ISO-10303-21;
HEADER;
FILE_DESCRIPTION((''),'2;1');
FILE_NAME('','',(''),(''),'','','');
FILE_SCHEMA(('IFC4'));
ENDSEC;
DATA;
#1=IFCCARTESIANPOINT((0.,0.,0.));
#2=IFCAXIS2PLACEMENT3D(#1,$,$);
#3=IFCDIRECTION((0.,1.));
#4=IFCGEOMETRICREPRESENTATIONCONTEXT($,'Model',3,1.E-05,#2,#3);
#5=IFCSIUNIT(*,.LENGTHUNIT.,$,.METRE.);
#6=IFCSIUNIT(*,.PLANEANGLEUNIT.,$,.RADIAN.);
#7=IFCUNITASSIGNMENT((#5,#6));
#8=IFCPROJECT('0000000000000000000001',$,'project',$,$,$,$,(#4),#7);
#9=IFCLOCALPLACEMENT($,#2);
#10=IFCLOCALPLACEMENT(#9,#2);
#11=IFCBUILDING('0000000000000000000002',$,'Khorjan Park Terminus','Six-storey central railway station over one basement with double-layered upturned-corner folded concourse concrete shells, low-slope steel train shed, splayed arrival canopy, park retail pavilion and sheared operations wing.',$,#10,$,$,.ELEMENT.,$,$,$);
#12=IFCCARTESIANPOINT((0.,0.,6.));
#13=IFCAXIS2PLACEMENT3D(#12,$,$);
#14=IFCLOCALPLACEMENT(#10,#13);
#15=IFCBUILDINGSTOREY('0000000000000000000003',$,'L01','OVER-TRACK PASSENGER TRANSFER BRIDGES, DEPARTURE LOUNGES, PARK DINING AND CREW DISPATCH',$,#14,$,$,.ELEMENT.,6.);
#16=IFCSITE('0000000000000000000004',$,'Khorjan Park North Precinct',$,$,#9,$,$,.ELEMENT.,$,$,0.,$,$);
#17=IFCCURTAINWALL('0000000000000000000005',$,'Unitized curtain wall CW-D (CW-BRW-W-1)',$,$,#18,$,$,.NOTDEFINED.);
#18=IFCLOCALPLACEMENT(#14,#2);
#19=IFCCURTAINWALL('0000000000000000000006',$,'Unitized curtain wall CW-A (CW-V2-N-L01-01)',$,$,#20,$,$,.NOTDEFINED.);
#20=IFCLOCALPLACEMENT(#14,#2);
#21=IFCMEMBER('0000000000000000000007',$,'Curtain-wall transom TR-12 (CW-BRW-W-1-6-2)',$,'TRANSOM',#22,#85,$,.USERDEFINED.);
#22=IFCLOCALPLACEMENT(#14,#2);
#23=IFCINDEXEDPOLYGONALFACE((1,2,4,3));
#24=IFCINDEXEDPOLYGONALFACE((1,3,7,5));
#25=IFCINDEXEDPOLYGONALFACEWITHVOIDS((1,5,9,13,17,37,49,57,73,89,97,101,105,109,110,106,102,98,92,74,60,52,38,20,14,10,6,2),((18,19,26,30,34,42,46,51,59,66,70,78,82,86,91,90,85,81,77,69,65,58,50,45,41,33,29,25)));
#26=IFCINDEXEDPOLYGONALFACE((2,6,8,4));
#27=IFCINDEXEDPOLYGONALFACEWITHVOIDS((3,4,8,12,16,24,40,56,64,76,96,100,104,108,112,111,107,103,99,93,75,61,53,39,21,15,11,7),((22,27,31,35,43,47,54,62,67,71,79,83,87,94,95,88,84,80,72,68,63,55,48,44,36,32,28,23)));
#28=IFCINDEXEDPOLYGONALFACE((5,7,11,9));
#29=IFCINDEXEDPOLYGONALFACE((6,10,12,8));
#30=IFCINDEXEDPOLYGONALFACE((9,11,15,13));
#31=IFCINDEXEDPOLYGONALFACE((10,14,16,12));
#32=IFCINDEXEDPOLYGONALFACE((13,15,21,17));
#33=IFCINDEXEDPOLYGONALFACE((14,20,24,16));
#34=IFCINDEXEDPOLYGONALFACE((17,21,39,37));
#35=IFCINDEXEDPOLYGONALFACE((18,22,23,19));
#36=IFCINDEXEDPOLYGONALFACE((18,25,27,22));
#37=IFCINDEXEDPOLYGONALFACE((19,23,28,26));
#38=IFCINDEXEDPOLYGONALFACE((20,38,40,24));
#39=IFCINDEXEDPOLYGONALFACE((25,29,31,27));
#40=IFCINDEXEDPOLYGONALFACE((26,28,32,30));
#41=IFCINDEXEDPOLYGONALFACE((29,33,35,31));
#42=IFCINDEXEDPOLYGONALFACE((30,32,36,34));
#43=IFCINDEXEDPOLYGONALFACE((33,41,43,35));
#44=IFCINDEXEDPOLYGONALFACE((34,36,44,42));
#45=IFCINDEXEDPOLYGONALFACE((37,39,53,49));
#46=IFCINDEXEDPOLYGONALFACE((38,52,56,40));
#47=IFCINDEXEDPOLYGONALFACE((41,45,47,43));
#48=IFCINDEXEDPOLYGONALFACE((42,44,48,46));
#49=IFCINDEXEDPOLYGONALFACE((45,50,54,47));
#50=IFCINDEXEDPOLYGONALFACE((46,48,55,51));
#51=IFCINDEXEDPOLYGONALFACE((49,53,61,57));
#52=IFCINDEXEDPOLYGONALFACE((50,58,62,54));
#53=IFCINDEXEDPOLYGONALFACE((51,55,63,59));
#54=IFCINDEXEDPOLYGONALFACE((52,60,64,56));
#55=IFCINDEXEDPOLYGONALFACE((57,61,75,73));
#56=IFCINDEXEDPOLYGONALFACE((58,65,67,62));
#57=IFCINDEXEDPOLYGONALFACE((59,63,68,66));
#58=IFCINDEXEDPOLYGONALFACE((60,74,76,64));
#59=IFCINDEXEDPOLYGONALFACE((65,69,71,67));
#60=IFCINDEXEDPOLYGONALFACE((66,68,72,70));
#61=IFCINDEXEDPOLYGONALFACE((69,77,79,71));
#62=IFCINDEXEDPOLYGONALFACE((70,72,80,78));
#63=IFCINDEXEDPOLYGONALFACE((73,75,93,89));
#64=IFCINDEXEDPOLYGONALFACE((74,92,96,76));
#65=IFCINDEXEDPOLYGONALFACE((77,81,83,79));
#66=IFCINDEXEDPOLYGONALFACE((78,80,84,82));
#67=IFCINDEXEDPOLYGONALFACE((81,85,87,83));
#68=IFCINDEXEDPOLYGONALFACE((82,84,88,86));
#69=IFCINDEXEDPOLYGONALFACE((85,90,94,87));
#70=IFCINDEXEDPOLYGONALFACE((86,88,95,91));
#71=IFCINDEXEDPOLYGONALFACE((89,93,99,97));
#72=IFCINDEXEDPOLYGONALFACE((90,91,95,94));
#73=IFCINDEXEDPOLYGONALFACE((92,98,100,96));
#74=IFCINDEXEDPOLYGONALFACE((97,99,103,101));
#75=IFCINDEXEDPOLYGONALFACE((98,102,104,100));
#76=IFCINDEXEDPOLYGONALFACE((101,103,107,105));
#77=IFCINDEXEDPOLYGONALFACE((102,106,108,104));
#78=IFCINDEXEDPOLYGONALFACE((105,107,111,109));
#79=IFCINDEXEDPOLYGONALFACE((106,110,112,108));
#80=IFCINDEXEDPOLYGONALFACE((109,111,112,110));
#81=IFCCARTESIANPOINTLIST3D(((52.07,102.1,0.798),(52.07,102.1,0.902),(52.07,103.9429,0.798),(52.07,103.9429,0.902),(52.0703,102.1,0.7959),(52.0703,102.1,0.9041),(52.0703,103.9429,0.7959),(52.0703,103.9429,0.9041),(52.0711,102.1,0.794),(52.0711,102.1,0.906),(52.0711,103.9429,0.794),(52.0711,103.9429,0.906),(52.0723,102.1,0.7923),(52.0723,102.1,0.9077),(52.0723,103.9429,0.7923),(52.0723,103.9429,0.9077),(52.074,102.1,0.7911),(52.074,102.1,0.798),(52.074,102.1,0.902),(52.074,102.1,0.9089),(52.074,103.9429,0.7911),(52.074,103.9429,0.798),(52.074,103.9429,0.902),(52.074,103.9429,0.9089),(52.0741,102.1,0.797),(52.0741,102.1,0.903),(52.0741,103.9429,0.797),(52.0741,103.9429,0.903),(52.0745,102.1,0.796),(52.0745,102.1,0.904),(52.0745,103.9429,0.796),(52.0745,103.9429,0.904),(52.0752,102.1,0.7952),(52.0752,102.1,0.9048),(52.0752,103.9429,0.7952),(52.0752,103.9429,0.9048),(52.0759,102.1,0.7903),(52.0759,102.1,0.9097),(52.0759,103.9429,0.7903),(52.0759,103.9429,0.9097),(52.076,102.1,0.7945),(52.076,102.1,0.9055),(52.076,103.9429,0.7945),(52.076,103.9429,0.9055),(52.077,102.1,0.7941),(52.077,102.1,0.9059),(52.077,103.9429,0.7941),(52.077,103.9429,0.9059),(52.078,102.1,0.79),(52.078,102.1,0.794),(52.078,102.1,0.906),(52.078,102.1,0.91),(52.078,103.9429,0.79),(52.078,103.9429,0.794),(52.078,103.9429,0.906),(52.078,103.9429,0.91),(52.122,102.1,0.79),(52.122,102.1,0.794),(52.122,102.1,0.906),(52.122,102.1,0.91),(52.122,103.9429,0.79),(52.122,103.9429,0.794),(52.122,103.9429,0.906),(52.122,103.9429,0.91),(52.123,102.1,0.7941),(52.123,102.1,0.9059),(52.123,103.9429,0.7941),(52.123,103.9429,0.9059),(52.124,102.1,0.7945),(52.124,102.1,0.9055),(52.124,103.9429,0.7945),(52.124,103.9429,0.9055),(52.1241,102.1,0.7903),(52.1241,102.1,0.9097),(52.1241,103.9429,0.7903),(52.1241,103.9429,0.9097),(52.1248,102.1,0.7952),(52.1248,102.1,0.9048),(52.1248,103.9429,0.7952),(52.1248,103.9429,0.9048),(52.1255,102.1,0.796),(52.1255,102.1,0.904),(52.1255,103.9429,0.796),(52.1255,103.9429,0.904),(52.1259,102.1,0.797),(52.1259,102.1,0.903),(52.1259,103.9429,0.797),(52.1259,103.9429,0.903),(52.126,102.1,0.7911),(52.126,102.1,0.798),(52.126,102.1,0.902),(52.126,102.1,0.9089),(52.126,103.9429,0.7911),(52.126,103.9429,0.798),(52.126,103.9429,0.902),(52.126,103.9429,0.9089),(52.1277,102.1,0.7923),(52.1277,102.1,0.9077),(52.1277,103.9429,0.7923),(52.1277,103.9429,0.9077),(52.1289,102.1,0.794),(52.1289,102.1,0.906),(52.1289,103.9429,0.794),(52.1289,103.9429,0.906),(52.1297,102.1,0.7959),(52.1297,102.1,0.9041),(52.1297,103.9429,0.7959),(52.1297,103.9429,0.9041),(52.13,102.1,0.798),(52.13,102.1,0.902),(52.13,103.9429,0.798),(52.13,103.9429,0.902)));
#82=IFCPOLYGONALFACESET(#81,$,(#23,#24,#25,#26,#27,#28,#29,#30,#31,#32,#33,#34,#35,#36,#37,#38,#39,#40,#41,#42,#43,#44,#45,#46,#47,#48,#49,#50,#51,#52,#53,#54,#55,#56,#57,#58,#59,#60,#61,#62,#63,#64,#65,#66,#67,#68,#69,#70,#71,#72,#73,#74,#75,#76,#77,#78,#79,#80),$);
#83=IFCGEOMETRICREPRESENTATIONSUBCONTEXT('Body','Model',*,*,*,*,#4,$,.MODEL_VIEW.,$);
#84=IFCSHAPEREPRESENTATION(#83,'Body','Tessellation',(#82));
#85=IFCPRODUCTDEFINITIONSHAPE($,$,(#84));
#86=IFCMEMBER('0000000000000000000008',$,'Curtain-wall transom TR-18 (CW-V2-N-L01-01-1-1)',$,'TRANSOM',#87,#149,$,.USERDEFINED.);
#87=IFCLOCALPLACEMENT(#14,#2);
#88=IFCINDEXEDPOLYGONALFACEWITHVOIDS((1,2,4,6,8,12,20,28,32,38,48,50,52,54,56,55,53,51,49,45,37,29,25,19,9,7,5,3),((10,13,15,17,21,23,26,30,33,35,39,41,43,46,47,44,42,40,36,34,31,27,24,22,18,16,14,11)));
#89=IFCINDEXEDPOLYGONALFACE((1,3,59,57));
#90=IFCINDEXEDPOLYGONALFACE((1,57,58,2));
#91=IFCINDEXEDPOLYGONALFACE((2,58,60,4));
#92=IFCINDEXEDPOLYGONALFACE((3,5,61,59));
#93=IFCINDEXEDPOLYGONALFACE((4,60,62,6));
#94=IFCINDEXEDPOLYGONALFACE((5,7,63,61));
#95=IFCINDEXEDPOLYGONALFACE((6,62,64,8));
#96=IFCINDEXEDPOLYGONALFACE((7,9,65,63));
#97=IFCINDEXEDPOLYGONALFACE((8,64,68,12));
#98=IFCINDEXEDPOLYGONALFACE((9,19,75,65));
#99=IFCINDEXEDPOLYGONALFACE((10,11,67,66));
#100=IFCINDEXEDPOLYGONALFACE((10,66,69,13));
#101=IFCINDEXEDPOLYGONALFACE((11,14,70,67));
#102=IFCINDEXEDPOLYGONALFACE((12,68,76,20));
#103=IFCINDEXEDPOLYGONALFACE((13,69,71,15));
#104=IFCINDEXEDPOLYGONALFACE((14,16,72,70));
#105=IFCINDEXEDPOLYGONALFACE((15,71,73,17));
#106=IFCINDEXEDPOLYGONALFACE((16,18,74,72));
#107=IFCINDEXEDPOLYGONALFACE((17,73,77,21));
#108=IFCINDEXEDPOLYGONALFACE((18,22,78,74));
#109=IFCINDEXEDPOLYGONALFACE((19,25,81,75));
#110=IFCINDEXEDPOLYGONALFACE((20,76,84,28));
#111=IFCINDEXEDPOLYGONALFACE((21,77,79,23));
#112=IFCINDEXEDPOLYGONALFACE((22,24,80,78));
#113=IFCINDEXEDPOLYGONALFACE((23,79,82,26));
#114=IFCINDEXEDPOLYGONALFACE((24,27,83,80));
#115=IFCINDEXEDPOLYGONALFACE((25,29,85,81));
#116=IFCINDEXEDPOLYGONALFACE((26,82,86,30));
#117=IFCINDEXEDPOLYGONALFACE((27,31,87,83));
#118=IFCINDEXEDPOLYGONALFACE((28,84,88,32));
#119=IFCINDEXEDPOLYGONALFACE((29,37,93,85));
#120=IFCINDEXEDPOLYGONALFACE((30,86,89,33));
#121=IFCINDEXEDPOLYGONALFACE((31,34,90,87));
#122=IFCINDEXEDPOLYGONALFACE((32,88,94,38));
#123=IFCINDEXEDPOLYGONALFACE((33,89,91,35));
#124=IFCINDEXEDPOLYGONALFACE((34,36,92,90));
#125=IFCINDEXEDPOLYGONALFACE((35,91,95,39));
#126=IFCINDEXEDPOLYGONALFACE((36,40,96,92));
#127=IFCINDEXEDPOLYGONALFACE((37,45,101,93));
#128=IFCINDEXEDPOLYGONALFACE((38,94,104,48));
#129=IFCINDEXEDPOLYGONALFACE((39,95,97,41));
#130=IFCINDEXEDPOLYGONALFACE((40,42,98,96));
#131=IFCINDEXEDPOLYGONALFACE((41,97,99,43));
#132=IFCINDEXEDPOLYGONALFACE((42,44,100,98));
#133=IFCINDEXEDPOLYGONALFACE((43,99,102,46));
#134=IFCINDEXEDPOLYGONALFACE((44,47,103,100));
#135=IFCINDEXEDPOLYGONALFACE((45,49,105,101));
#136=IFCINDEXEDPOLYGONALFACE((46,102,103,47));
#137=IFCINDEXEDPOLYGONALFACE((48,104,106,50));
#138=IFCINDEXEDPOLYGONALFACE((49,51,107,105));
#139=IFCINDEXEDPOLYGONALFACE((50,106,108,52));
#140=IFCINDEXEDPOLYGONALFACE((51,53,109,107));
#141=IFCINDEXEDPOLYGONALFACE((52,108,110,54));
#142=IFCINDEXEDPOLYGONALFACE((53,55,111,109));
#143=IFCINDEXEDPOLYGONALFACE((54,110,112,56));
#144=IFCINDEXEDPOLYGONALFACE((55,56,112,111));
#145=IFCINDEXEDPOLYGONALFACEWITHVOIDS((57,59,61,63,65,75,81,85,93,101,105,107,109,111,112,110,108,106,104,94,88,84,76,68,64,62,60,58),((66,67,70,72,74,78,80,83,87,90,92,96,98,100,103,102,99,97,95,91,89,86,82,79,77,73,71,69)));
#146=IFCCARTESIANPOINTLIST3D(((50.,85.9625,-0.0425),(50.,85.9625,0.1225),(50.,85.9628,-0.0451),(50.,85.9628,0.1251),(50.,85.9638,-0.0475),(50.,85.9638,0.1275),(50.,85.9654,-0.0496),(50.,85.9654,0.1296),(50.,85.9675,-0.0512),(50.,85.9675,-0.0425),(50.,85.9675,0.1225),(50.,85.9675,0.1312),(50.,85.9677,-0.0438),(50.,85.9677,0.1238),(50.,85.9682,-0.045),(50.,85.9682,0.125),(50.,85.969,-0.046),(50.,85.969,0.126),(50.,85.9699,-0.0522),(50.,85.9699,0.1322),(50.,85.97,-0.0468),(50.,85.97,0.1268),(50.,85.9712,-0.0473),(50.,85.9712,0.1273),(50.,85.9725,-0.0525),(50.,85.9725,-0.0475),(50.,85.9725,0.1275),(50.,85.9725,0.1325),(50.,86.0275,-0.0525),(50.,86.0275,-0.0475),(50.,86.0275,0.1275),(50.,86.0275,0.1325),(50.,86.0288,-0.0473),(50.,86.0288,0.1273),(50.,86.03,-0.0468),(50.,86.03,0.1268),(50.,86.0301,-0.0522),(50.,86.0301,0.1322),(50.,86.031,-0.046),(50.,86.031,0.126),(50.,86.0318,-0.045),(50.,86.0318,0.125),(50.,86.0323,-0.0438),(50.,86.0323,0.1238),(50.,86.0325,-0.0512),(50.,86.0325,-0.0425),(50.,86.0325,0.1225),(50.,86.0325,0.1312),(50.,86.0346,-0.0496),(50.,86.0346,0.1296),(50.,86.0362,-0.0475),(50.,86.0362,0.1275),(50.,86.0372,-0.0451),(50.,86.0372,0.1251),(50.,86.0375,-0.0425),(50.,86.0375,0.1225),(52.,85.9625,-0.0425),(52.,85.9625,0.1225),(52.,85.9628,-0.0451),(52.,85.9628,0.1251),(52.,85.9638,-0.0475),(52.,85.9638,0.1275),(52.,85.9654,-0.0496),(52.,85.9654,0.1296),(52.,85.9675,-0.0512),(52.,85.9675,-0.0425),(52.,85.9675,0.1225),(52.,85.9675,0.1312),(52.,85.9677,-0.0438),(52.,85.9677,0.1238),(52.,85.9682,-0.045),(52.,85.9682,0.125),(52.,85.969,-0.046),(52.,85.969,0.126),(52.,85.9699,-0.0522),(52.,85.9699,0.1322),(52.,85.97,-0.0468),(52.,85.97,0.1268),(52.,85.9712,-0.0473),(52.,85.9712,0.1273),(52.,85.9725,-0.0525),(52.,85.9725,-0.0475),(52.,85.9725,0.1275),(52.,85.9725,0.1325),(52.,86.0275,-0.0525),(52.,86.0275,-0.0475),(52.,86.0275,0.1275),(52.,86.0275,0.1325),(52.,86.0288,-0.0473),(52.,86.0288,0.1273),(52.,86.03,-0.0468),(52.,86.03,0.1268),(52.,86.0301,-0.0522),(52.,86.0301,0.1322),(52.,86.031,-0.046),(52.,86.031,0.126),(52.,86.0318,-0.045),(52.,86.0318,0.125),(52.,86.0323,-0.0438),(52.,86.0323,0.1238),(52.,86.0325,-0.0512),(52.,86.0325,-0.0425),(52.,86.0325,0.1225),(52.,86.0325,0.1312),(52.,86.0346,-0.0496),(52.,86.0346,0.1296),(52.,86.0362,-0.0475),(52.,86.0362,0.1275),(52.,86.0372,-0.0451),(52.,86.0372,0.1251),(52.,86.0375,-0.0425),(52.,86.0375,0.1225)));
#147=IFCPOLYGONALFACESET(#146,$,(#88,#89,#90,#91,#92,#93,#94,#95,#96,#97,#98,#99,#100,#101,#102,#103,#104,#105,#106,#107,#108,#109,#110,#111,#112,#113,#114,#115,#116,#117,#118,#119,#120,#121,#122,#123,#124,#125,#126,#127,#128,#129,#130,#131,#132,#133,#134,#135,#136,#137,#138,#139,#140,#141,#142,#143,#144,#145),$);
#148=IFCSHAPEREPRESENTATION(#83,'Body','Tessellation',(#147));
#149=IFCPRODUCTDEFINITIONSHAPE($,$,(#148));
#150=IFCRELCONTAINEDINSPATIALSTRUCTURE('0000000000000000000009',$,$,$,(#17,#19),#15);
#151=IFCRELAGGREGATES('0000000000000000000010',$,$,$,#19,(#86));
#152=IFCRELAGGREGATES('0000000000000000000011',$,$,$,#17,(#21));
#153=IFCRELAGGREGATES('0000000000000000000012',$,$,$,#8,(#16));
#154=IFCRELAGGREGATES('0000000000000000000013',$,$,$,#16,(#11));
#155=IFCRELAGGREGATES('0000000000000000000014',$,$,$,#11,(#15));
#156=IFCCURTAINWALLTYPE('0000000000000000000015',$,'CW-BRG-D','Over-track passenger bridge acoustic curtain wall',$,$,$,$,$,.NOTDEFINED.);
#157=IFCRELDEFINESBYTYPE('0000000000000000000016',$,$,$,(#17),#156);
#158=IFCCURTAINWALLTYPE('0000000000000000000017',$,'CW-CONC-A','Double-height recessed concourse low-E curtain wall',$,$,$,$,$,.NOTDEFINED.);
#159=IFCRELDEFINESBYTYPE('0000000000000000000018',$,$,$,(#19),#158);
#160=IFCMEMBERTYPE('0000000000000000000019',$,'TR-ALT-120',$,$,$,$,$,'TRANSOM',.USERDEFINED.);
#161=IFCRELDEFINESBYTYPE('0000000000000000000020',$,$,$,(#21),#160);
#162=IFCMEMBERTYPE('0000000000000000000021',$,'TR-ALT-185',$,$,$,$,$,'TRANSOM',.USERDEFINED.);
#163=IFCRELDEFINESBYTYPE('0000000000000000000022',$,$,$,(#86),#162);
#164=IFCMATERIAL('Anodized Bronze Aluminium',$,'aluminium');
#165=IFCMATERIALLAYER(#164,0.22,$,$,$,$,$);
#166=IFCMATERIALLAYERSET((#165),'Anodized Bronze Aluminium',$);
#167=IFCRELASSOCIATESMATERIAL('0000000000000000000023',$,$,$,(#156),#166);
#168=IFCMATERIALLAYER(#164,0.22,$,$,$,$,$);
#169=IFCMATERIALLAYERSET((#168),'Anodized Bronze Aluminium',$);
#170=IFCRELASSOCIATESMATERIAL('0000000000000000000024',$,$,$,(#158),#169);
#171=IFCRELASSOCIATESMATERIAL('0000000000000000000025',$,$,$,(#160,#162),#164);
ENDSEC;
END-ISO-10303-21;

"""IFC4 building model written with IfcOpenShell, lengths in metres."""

from ifc_helpers import new_model, si_unit, direction, frame, origin, origin_2d, place, context, subcontext, project, spatial, hollow_rectangle, extrude, material, layer, layer_set, material_profile, profile_set, type_object, element, aggregate, save


model = new_model("IFC4")

# Units and contexts
model_context = context("Model", 3, precision=1e-05, world=origin(), true_north=direction((0.0, 1.0)))
body_context = subcontext(model_context, "Body", "Model", "MODEL_VIEW")
ifc_project = project(units=[si_unit("LENGTHUNIT", "METRE"), si_unit("PLANEANGLEUNIT", "RADIAN")], contexts=[model_context])

# Site, building, storey
site_placement = place(None, origin())
site = spatial("IfcSite", under=ifc_project, at=site_placement, Name="Khorjan Park North Precinct", CompositionType="ELEMENT", RefElevation=0.0)
building_placement = place(site_placement, origin())
building = spatial("IfcBuilding", under=site, at=building_placement, Name="Khorjan Park Terminus", Description="Six-storey central railway station over one basement with double-layered upturned-corner folded concourse concrete shells, low-slope steel train shed, splayed arrival canopy, park retail pavilion and sheared operations wing.", CompositionType="ELEMENT")
storey_placement = place(building_placement, frame((0.0, 0.0, 6.0)))
storey = spatial("IfcBuildingStorey", under=building, at=storey_placement, Name="L01", Description="OVER-TRACK PASSENGER TRANSFER BRIDGES, DEPARTURE LOUNGES, PARK DINING AND CREW DISPATCH", CompositionType="ELEMENT", Elevation=6.0)

# Curtain walls
ifc_material_1 = material(Name="Anodized Bronze Aluminium", Category="aluminium")
ifc_layer_1 = layer(ifc_material_1, 0.22)
ifc_layer_set_1 = layer_set([ifc_layer_1], Name="Anodized Bronze Aluminium")
curtain_wall_type_1 = type_object("IfcCurtainWallType", Name="CW-BRG-D", Description="Over-track passenger bridge acoustic curtain wall", PredefinedType="NOTDEFINED", material=ifc_layer_set_1)
curtain_wall_1_placement = place(storey_placement, origin())
curtain_wall_1 = element("IfcCurtainWall", 1, at=curtain_wall_1_placement, inside=storey, type_object=curtain_wall_type_1, Name="Unitized curtain wall CW-D (CW-BRW-W-1)", PredefinedType="NOTDEFINED")
ifc_layer_2 = layer(ifc_material_1, 0.22)
ifc_layer_set_2 = layer_set([ifc_layer_2], Name="Anodized Bronze Aluminium")
curtain_wall_type_2 = type_object("IfcCurtainWallType", Name="CW-CONC-A", Description="Double-height recessed concourse low-E curtain wall", PredefinedType="NOTDEFINED", material=ifc_layer_set_2)
curtain_wall_2_placement = place(storey_placement, origin())
curtain_wall_2 = element("IfcCurtainWall", 2, at=curtain_wall_2_placement, inside=storey, type_object=curtain_wall_type_2, Name="Unitized curtain wall CW-A (CW-V2-N-L01-01)", PredefinedType="NOTDEFINED")

# Members
ifc_material_profile_1 = material_profile(ifc_material_1, hollow_rectangle(XDim=0.06, YDim=0.12, WallThickness=0.004, InnerFilletRadius=0.004, OuterFilletRadius=0.008, at=origin_2d()), Name="ALT 60x120x4")
ifc_profile_set_1 = profile_set([ifc_material_profile_1], Name="Anodized Bronze Aluminium")
member_type_1 = type_object("IfcMemberType", Name="TR-ALT-120", ElementType="TRANSOM", PredefinedType="USERDEFINED", material=ifc_profile_set_1)
member_1_placement = place(storey_placement, frame((52.1, 103.9429, 0.85), z_axis=(0.0, -1.0, 0.0), x_axis=(1.0, 0.0, 0.0)))
member_1 = element("IfcMember", 3, at=member_1_placement, type_object=member_type_1, Name="Curtain-wall transom TR-12 (CW-BRW-W-1-6-2)", ObjectType="TRANSOM", PredefinedType="USERDEFINED", context=body_context, shape_type="SweptSolid", body=[
    extrude(hollow_rectangle(XDim=0.06, YDim=0.12, WallThickness=0.004, InnerFilletRadius=0.004, OuterFilletRadius=0.008, at=origin_2d()), origin(), (0.0, 0.0, 1.0), 1.8429),
])
ifc_material_profile_2 = material_profile(ifc_material_1, hollow_rectangle(XDim=0.075, YDim=0.185, WallThickness=0.005, InnerFilletRadius=0.005, OuterFilletRadius=0.01, at=origin_2d()), Name="ALT 75x185x5")
ifc_profile_set_2 = profile_set([ifc_material_profile_2], Name="Anodized Bronze Aluminium")
member_type_2 = type_object("IfcMemberType", Name="TR-ALT-185", ElementType="TRANSOM", PredefinedType="USERDEFINED", material=ifc_profile_set_2)
member_2_placement = place(storey_placement, frame((52.0, 86.0, 0.04), z_axis=(-1.0, 0.0, 0.0), x_axis=(0.0, -1.0, 0.0)))
member_2 = element("IfcMember", 4, at=member_2_placement, type_object=member_type_2, Name="Curtain-wall transom TR-18 (CW-V2-N-L01-01-1-1)", ObjectType="TRANSOM", PredefinedType="USERDEFINED", context=body_context, shape_type="SweptSolid", body=[
    extrude(hollow_rectangle(XDim=0.075, YDim=0.185, WallThickness=0.005, InnerFilletRadius=0.005, OuterFilletRadius=0.01, at=origin_2d()), origin(), (0.0, 0.0, 1.0), 2.0),
])

aggregate(curtain_wall_2, [member_2])
aggregate(curtain_wall_1, [member_1])

save(model, "model.ifc")
